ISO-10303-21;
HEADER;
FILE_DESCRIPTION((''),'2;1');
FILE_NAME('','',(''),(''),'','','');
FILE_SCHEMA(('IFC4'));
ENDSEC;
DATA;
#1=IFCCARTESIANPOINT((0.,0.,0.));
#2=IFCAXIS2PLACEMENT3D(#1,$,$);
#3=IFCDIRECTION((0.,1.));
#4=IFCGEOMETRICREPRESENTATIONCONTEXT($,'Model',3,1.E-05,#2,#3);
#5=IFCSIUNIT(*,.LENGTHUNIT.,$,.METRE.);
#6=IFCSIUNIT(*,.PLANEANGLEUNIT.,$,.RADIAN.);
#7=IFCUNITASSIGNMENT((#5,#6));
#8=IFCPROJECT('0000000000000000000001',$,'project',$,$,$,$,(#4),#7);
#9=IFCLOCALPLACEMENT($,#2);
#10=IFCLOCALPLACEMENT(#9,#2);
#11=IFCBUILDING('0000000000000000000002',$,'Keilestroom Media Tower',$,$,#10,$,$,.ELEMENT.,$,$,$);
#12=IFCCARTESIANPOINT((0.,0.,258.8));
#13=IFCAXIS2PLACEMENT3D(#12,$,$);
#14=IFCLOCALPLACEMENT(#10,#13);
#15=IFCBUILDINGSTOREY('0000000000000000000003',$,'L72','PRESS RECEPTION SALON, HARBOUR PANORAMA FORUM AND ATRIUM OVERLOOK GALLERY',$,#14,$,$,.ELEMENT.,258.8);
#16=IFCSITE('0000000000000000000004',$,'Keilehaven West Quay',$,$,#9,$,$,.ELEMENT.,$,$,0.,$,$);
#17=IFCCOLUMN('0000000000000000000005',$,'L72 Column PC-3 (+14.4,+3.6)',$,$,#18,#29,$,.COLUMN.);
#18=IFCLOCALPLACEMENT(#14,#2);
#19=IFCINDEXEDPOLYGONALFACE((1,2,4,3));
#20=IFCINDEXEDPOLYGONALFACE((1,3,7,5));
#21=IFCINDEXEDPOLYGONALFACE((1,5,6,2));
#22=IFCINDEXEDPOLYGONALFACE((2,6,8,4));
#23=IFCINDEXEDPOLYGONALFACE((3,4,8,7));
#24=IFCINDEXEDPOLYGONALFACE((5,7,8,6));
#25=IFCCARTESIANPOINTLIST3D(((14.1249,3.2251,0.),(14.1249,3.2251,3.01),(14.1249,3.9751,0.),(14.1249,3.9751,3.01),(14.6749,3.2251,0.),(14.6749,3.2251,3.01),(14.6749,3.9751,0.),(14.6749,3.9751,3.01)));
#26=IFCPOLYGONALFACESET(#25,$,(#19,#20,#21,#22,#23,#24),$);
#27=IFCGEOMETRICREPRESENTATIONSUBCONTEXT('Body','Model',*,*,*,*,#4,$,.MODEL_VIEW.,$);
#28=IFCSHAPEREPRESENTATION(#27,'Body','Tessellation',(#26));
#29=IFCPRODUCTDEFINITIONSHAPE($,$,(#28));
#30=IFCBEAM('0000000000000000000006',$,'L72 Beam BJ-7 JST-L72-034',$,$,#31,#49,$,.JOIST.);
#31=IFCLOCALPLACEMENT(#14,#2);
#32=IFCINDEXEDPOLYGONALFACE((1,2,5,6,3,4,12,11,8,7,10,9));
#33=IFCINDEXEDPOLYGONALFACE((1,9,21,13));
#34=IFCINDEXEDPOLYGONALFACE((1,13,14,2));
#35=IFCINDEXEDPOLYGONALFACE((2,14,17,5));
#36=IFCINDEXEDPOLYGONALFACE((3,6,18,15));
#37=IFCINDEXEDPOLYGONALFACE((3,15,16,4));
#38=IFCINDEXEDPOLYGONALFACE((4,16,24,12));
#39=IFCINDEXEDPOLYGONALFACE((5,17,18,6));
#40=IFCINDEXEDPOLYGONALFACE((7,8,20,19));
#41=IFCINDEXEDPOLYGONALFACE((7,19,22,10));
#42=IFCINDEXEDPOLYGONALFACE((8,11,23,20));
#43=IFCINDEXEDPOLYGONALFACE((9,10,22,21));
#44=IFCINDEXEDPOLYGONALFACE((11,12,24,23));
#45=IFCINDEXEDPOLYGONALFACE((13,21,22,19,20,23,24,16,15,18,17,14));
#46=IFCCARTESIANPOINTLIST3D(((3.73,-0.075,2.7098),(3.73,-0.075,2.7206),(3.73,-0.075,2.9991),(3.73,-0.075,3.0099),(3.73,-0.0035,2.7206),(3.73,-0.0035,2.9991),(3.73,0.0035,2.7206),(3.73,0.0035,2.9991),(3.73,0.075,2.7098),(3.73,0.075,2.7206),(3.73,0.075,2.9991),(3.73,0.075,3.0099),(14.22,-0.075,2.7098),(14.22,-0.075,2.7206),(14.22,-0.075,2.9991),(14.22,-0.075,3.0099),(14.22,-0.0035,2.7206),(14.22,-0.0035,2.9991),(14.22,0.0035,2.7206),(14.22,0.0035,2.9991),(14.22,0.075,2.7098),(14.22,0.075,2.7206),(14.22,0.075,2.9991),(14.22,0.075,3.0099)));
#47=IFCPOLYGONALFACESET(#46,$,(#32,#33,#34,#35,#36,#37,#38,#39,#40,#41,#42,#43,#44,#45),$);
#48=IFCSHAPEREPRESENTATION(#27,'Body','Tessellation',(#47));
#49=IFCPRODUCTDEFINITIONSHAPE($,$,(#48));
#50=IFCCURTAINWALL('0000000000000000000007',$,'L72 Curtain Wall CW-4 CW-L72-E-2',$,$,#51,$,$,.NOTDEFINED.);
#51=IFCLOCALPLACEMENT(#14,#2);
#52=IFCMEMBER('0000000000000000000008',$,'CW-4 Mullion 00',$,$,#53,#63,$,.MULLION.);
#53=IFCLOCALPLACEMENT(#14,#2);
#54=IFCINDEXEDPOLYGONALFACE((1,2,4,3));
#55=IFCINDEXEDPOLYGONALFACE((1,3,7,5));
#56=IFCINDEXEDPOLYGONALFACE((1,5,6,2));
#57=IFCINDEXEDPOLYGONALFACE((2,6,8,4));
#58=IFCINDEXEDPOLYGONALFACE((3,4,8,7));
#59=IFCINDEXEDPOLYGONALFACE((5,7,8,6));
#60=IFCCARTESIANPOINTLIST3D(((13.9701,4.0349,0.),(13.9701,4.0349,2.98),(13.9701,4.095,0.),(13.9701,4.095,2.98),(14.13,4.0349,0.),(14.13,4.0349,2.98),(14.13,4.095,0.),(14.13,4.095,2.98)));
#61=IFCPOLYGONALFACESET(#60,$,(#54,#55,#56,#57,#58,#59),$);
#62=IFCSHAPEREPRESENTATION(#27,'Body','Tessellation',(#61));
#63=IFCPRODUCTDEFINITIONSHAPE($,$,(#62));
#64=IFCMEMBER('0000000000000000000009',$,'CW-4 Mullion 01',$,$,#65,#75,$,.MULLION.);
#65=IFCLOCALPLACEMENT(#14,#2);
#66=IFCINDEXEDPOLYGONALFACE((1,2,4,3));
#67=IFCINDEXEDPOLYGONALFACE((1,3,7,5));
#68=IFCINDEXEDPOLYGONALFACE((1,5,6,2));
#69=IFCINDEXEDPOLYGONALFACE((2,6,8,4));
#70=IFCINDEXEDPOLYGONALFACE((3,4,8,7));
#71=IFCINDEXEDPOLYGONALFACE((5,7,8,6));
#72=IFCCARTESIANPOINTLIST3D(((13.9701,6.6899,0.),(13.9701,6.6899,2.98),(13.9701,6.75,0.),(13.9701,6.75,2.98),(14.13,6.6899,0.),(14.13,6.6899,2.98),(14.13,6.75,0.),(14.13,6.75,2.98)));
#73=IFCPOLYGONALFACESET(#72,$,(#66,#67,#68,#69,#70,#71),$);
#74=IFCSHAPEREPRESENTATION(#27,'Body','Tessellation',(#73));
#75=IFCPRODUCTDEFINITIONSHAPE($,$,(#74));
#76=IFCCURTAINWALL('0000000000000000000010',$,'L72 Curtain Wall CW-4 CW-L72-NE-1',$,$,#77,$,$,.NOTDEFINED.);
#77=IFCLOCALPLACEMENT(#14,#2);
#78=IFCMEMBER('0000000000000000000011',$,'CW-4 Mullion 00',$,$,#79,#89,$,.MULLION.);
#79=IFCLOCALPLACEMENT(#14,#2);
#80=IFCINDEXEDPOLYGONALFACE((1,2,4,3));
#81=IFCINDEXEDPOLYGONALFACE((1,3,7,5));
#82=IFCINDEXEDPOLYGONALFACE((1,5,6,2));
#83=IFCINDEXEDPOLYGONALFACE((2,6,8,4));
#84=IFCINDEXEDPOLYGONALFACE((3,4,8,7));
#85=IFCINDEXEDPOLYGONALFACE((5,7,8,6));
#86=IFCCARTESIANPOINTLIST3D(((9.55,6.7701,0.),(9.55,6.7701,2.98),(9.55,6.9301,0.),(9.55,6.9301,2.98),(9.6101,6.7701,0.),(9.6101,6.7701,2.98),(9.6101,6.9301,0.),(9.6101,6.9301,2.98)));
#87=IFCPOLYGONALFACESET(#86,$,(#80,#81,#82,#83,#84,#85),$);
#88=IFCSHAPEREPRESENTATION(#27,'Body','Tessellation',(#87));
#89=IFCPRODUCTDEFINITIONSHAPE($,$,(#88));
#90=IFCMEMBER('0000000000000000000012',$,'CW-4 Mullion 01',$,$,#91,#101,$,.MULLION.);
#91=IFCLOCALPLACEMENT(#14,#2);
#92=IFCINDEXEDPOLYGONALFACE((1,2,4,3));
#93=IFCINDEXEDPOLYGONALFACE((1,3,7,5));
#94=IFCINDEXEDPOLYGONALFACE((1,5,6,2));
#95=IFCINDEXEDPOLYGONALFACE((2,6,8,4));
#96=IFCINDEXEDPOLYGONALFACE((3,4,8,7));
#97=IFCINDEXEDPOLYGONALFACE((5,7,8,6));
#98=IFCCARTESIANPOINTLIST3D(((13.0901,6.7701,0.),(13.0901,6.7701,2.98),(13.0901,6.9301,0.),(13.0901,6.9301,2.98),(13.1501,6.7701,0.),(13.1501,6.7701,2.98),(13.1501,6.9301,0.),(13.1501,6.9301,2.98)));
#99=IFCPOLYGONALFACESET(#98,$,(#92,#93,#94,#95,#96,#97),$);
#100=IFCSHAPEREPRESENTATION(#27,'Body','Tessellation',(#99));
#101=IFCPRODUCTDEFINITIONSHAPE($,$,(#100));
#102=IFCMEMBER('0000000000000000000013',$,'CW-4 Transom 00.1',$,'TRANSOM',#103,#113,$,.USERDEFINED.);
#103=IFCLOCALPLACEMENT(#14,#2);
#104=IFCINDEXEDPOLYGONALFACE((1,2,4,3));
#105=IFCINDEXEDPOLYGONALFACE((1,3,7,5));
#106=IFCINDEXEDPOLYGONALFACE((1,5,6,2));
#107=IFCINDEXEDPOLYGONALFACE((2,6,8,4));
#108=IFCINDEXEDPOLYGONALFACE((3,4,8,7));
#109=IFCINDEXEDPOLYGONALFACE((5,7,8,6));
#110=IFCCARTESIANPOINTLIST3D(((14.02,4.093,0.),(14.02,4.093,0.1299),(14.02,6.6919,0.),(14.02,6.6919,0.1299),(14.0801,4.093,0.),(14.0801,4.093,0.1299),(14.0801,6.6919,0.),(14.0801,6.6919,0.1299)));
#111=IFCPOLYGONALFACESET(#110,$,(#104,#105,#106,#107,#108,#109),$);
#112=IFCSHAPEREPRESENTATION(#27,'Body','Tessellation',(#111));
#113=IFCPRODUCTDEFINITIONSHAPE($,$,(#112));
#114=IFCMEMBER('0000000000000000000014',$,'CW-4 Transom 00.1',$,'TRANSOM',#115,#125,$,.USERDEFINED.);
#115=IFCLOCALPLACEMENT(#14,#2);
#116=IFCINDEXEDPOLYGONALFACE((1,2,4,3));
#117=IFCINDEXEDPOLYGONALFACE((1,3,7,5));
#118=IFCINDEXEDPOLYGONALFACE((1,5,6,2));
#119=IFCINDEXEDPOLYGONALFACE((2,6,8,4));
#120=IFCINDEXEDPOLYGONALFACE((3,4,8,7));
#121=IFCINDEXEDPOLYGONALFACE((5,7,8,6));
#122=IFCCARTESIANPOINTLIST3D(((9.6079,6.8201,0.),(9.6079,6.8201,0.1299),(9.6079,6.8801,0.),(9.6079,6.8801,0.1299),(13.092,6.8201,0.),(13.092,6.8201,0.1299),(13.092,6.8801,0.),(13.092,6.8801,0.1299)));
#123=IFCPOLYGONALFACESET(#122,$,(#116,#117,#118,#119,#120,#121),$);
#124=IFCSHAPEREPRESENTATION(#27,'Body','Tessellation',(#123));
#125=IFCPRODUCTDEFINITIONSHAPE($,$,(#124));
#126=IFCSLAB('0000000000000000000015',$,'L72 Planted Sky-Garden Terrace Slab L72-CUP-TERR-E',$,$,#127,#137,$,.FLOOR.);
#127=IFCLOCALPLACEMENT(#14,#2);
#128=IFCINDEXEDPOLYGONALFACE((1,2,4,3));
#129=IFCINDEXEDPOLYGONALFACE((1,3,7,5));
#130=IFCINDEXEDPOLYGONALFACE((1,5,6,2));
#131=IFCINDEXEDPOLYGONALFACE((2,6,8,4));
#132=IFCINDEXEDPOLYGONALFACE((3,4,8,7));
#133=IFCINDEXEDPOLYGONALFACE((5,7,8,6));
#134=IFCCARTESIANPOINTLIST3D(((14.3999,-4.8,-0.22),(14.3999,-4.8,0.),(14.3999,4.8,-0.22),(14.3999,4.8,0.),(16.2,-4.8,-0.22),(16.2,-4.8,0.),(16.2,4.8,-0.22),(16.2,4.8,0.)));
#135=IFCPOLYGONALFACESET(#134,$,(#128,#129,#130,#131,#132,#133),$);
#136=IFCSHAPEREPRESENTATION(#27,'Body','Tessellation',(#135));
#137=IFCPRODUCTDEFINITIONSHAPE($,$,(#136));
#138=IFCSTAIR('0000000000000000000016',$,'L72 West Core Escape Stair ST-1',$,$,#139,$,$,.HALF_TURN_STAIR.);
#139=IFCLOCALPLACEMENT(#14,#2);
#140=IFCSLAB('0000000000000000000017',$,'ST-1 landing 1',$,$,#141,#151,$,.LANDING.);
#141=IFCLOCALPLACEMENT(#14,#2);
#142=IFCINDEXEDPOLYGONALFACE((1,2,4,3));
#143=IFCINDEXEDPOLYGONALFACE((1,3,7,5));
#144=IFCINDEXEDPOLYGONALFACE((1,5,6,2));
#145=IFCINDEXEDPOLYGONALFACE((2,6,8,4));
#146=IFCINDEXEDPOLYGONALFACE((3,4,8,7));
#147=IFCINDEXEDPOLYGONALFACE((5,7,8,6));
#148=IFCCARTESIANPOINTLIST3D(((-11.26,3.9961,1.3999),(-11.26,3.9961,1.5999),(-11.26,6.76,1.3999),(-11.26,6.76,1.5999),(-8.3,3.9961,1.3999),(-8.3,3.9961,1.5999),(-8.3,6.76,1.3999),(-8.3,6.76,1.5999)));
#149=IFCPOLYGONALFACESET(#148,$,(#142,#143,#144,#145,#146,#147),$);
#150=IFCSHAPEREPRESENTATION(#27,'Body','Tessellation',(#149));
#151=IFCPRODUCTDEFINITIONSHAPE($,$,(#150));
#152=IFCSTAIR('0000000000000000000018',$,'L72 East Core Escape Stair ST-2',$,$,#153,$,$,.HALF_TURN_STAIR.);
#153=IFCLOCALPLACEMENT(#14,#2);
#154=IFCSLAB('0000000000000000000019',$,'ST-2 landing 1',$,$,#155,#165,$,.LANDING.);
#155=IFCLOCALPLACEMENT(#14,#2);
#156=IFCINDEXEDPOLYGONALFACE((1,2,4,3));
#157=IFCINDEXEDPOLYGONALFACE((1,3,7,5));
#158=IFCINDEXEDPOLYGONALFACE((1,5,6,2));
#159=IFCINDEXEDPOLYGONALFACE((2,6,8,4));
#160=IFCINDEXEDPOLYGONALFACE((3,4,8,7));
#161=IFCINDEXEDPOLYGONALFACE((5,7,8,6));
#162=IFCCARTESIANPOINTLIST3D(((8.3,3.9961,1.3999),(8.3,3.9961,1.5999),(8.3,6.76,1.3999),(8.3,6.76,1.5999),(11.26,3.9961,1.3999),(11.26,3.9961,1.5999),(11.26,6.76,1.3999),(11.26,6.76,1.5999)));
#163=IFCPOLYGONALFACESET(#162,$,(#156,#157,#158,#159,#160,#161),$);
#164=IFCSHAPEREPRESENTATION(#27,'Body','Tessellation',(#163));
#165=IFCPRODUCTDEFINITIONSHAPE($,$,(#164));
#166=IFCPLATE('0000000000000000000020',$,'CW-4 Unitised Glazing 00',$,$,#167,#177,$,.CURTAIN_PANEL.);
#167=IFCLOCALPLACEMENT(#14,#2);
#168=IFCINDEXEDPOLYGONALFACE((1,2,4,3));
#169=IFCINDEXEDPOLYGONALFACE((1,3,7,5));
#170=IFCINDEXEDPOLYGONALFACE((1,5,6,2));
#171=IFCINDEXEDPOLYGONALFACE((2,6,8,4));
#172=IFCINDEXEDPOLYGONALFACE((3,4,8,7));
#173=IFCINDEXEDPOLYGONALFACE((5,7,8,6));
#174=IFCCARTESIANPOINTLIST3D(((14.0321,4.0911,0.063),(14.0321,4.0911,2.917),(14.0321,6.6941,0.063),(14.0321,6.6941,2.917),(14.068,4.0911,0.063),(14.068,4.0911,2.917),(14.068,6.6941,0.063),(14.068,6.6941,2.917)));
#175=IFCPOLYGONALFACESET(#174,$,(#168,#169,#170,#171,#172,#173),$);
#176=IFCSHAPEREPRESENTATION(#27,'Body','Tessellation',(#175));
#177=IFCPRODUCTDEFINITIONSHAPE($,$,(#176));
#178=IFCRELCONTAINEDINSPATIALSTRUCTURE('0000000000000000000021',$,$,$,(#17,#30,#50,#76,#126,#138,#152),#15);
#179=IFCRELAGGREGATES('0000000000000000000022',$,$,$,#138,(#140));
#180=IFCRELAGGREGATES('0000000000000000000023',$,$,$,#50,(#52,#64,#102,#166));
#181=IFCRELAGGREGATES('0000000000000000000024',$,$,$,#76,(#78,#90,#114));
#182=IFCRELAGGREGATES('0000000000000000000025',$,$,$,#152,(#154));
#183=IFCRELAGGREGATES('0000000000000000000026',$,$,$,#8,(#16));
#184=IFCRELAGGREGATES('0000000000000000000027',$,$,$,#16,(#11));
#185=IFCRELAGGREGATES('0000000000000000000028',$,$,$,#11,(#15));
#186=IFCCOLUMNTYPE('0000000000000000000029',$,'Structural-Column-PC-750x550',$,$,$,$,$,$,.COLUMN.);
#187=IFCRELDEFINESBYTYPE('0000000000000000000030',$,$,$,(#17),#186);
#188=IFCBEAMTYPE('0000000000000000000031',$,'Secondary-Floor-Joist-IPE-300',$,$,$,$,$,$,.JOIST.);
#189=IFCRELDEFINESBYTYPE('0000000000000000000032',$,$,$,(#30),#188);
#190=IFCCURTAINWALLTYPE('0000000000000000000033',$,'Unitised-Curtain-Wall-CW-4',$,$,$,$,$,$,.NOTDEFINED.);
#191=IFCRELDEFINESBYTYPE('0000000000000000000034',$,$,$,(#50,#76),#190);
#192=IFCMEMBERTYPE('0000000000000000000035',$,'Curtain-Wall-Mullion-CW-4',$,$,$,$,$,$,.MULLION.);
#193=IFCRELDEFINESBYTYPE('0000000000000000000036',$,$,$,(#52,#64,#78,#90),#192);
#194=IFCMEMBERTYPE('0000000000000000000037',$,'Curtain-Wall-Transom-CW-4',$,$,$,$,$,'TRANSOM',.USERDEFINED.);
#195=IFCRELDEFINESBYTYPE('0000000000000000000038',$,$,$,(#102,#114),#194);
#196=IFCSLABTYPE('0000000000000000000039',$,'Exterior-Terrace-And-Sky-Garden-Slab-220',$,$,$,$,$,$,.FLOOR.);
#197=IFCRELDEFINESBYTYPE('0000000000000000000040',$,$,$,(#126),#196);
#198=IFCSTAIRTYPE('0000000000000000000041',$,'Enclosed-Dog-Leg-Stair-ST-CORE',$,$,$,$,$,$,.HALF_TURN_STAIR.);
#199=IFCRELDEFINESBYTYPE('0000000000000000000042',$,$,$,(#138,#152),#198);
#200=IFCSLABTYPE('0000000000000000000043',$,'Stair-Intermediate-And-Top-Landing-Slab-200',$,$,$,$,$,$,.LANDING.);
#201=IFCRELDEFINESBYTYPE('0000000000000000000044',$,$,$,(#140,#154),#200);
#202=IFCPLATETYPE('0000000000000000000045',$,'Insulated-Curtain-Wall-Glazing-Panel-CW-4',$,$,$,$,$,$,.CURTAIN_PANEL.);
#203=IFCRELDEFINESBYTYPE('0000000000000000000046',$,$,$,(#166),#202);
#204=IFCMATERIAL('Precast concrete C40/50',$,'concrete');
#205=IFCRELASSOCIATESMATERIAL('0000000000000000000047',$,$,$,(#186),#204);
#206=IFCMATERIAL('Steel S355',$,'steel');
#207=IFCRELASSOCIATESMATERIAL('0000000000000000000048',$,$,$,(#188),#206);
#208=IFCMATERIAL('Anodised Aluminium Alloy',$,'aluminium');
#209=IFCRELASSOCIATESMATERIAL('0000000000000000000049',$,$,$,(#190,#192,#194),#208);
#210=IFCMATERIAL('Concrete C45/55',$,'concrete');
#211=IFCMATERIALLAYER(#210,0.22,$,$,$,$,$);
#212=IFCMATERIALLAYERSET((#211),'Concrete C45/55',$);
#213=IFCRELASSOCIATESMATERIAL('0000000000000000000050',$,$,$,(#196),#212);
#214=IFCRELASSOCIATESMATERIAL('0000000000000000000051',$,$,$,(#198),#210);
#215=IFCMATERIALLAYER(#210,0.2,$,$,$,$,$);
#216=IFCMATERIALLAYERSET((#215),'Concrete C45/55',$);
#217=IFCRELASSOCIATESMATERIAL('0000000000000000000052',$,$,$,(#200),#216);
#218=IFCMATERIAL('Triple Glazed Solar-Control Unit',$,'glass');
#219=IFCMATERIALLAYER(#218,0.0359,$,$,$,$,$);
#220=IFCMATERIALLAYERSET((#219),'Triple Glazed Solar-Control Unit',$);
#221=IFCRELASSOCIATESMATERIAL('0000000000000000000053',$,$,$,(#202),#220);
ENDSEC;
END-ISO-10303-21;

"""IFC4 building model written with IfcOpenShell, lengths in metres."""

from ifc_helpers import new_model, si_unit, direction, frame, origin, origin_2d, place, context, subcontext, project, spatial, polyline, rectangle, i_section, outline, extrude, source, transform, mapped, material, layer, layer_set, material_profile, profile_set, type_object, element, aggregate, save


model = new_model("IFC4")

# Units and contexts
model_context = context("Model", 3, precision=1e-05, world=origin(), true_north=direction((0.0, 1.0)))
body_context = subcontext(model_context, "Body", "Model", "MODEL_VIEW")
ifc_project = project(units=[si_unit("LENGTHUNIT", "METRE"), si_unit("PLANEANGLEUNIT", "RADIAN")], contexts=[model_context])

# Site, building, storey
site_placement = place(None, origin())
site = spatial("IfcSite", under=ifc_project, at=site_placement, Name="Keilehaven West Quay", CompositionType="ELEMENT", RefElevation=0.0)
building_placement = place(site_placement, origin())
building = spatial("IfcBuilding", under=site, at=building_placement, Name="Keilestroom Media Tower", CompositionType="ELEMENT")
storey_placement = place(building_placement, frame((0.0, 0.0, 258.8)))
storey = spatial("IfcBuildingStorey", under=building, at=storey_placement, Name="L72", Description="PRESS RECEPTION SALON, HARBOUR PANORAMA FORUM AND ATRIUM OVERLOOK GALLERY", CompositionType="ELEMENT", Elevation=258.8)

# Column
ifc_material_1 = material(Name="Precast concrete C40/50", Category="concrete")
ifc_material_profile_1 = material_profile(ifc_material_1, rectangle(XDim=0.55, YDim=0.75, at=origin_2d()), Name="PC 750x550")
ifc_profile_set_1 = profile_set([ifc_material_profile_1], Name="Precast concrete C40/50")
column_type = type_object("IfcColumnType", Name="Structural-Column-PC-750x550", PredefinedType="COLUMN", material=ifc_profile_set_1)
shared_shape_1 = source(origin(), body_context, "Body", "SweptSolid", [
    extrude(rectangle(XDim=0.55, YDim=0.75, at=origin_2d()), origin(), (0.0, 0.0, 1.0), 3.01),
])
column_placement = place(storey_placement, frame((14.3999, 3.6001, 0.0), z_axis=(0.0, 0.0, 1.0), x_axis=(1.0, 0.0, 0.0)))
element("IfcColumn", 1, at=column_placement, inside=storey, type_object=column_type, Name="L72 Column PC-3 (+14.4,+3.6)", PredefinedType="COLUMN", context=body_context, shape_type="MappedRepresentation", body=[
    mapped(shared_shape_1, transform((0.0, 0.0, 0.0), x_axis=(1.0, 0.0, 0.0), y_axis=(0.0, 1.0, 0.0), z_axis=(0.0, 0.0, 1.0), scale=1.0)),
])

# Beam
ifc_material_2 = material(Name="Steel S355", Category="steel")
ifc_material_profile_2 = material_profile(ifc_material_2, i_section(OverallWidth=0.1499, OverallDepth=0.3, WebThickness=0.0071, FlangeThickness=0.0107, at=origin_2d()), Name="IPE 300")
ifc_profile_set_2 = profile_set([ifc_material_profile_2], Name="Steel S355")
beam_type = type_object("IfcBeamType", Name="Secondary-Floor-Joist-IPE-300", PredefinedType="JOIST", material=ifc_profile_set_2)
shared_shape_2 = source(origin(), body_context, "Body", "SweptSolid", [
    extrude(i_section(OverallWidth=0.1499, OverallDepth=0.3, WebThickness=0.0071, FlangeThickness=0.0107, at=origin_2d()), origin(), (0.0, 0.0, 1.0), 10.49),
])
beam_placement = place(storey_placement, frame((3.73, 0.0, 2.8599), z_axis=(1.0, 0.0, 0.0), x_axis=(0.0, 1.0, 0.0)))
element("IfcBeam", 2, at=beam_placement, inside=storey, type_object=beam_type, Name="L72 Beam BJ-7 JST-L72-034", PredefinedType="JOIST", context=body_context, shape_type="MappedRepresentation", body=[
    mapped(shared_shape_2, transform((0.0, 0.0, 0.0), x_axis=(1.0, 0.0, 0.0), y_axis=(0.0, 1.0, 0.0), z_axis=(0.0, 0.0, 1.0), scale=1.0)),
])

# Curtain walls, members
ifc_material_3 = material(Name="Anodised Aluminium Alloy", Category="aluminium")
curtain_wall_type = type_object("IfcCurtainWallType", Name="Unitised-Curtain-Wall-CW-4", PredefinedType="NOTDEFINED", material=ifc_material_3)
curtain_wall_1_placement = place(storey_placement, origin())
curtain_wall_1 = element("IfcCurtainWall", 3, at=curtain_wall_1_placement, inside=storey, type_object=curtain_wall_type, Name="L72 Curtain Wall CW-4 CW-L72-E-2", PredefinedType="NOTDEFINED")
ifc_material_profile_3 = material_profile(ifc_material_3, rectangle(XDim=0.0601, YDim=0.1599, at=origin_2d()), Name="ALU MULLION 60x160")
ifc_profile_set_3 = profile_set([ifc_material_profile_3], Name="Anodised Aluminium Alloy")
member_type_1 = type_object("IfcMemberType", Name="Curtain-Wall-Mullion-CW-4", PredefinedType="MULLION", material=ifc_profile_set_3)
shared_shape_3 = source(origin(), body_context, "Body", "SweptSolid", [
    extrude(rectangle(XDim=0.0601, YDim=0.1599, at=origin_2d()), origin(), (0.0, 0.0, 1.0), 2.98),
])
member_1_placement = place(storey_placement, frame((14.05, 4.0649, 0.0), z_axis=(0.0, 0.0, 1.0), x_axis=(0.0, 1.0, 0.0)))
member_1 = element("IfcMember", 4, at=member_1_placement, type_object=member_type_1, Name="CW-4 Mullion 00", PredefinedType="MULLION", context=body_context, shape_type="MappedRepresentation", body=[
    mapped(shared_shape_3, transform((0.0, 0.0, 0.0), x_axis=(1.0, 0.0, 0.0), y_axis=(0.0, 1.0, 0.0), z_axis=(0.0, 0.0, 1.0), scale=1.0)),
])
member_2_placement = place(storey_placement, frame((14.05, 6.72, 0.0), z_axis=(0.0, 0.0, 1.0), x_axis=(0.0, 1.0, 0.0)))
member_2 = element("IfcMember", 5, at=member_2_placement, type_object=member_type_1, Name="CW-4 Mullion 01", PredefinedType="MULLION", context=body_context, shape_type="MappedRepresentation", body=[
    mapped(shared_shape_3, transform((0.0, 0.0, 0.0), x_axis=(1.0, 0.0, 0.0), y_axis=(0.0, 1.0, 0.0), z_axis=(0.0, 0.0, 1.0), scale=1.0)),
])
curtain_wall_2_placement = place(storey_placement, origin())
curtain_wall_2 = element("IfcCurtainWall", 6, at=curtain_wall_2_placement, inside=storey, type_object=curtain_wall_type, Name="L72 Curtain Wall CW-4 CW-L72-NE-1", PredefinedType="NOTDEFINED")
member_3_placement = place(storey_placement, frame((9.5801, 6.8501, 0.0), z_axis=(0.0, 0.0, 1.0), x_axis=(1.0, 0.0, 0.0)))
member_3 = element("IfcMember", 7, at=member_3_placement, type_object=member_type_1, Name="CW-4 Mullion 00", PredefinedType="MULLION", context=body_context, shape_type="MappedRepresentation", body=[
    mapped(shared_shape_3, transform((0.0, 0.0, 0.0), x_axis=(1.0, 0.0, 0.0), y_axis=(0.0, 1.0, 0.0), z_axis=(0.0, 0.0, 1.0), scale=1.0)),
])
member_4_placement = place(storey_placement, frame((13.1201, 6.8501, 0.0), z_axis=(0.0, 0.0, 1.0), x_axis=(1.0, 0.0, 0.0)))
member_4 = element("IfcMember", 8, at=member_4_placement, type_object=member_type_1, Name="CW-4 Mullion 01", PredefinedType="MULLION", context=body_context, shape_type="MappedRepresentation", body=[
    mapped(shared_shape_3, transform((0.0, 0.0, 0.0), x_axis=(1.0, 0.0, 0.0), y_axis=(0.0, 1.0, 0.0), z_axis=(0.0, 0.0, 1.0), scale=1.0)),
])

# Members
ifc_material_profile_4 = material_profile(ifc_material_3, rectangle(XDim=0.0601, YDim=0.1299, at=origin_2d()), Name="ALU TRANSOM 60x130")
ifc_profile_set_4 = profile_set([ifc_material_profile_4], Name="Anodised Aluminium Alloy")
member_type_2 = type_object("IfcMemberType", Name="Curtain-Wall-Transom-CW-4", ElementType="TRANSOM", PredefinedType="USERDEFINED", material=ifc_profile_set_4)
shared_shape_4 = source(origin(), body_context, "Body", "SweptSolid", [
    extrude(rectangle(XDim=0.0601, YDim=0.1299, at=origin_2d()), origin(), (0.0, 0.0, 1.0), 2.5989),
])
member_5_placement = place(storey_placement, frame((14.05, 4.093, 0.0649), z_axis=(0.0, 1.0, 0.0), x_axis=(-1.0, 0.0, 0.0)))
member_5 = element("IfcMember", 9, at=member_5_placement, type_object=member_type_2, Name="CW-4 Transom 00.1", ObjectType="TRANSOM", PredefinedType="USERDEFINED", context=body_context, shape_type="MappedRepresentation", body=[
    mapped(shared_shape_4, transform((0.0, 0.0, 0.0), x_axis=(1.0, 0.0, 0.0), y_axis=(0.0, 1.0, 0.0), z_axis=(0.0, 0.0, 1.0), scale=1.0)),
])
shared_shape_5 = source(origin(), body_context, "Body", "SweptSolid", [
    extrude(rectangle(XDim=0.0601, YDim=0.1299, at=origin_2d()), origin(), (0.0, 0.0, 1.0), 3.4841),
])
member_6_placement = place(storey_placement, frame((9.6079, 6.8501, 0.0649), z_axis=(1.0, 0.0, 0.0), x_axis=(0.0, 1.0, 0.0)))
member_6 = element("IfcMember", 10, at=member_6_placement, type_object=member_type_2, Name="CW-4 Transom 00.1", ObjectType="TRANSOM", PredefinedType="USERDEFINED", context=body_context, shape_type="MappedRepresentation", body=[
    mapped(shared_shape_5, transform((0.0, 0.0, 0.0), x_axis=(1.0, 0.0, 0.0), y_axis=(0.0, 1.0, 0.0), z_axis=(0.0, 0.0, 1.0), scale=1.0)),
])

# Slab
ifc_material_4 = material(Name="Concrete C45/55", Category="concrete")
ifc_layer_1 = layer(ifc_material_4, 0.22)
ifc_layer_set_1 = layer_set([ifc_layer_1], Name="Concrete C45/55")
slab_type_1 = type_object("IfcSlabType", Name="Exterior-Terrace-And-Sky-Garden-Slab-220", PredefinedType="FLOOR", material=ifc_layer_set_1)
slab_1_placement = place(storey_placement, frame((0.0, 0.0, -0.22)))
element("IfcSlab", 11, at=slab_1_placement, inside=storey, type_object=slab_type_1, Name="L72 Planted Sky-Garden Terrace Slab L72-CUP-TERR-E", PredefinedType="FLOOR", context=body_context, shape_type="SweptSolid", body=[
    extrude(outline(polyline([(14.3999, -4.8), (16.2, -4.8), (16.2, 4.8), (14.3999, 4.8), (14.3999, -4.8)])), origin(), (0.0, 0.0, 1.0), 0.22),
])

# Stairs, slabs
stair_type = type_object("IfcStairType", Name="Enclosed-Dog-Leg-Stair-ST-CORE", PredefinedType="HALF_TURN_STAIR", material=ifc_material_4)
stair_1_placement = place(storey_placement, origin())
stair_1 = element("IfcStair", 12, at=stair_1_placement, inside=storey, type_object=stair_type, Name="L72 West Core Escape Stair ST-1", PredefinedType="HALF_TURN_STAIR")
ifc_layer_2 = layer(ifc_material_4, 0.2)
ifc_layer_set_2 = layer_set([ifc_layer_2], Name="Concrete C45/55")
slab_type_2 = type_object("IfcSlabType", Name="Stair-Intermediate-And-Top-Landing-Slab-200", PredefinedType="LANDING", material=ifc_layer_set_2)
slab_2_placement = place(storey_placement, frame((0.0, 0.0, 1.3999)))
slab_2 = element("IfcSlab", 13, at=slab_2_placement, type_object=slab_type_2, Name="ST-1 landing 1", PredefinedType="LANDING", context=body_context, shape_type="SweptSolid", body=[
    extrude(outline(polyline([(-8.3, 3.9961), (-8.3, 6.76), (-11.26, 6.76), (-11.26, 3.9961), (-8.3, 3.9961)])), origin(), (0.0, 0.0, 1.0), 0.2),
])
aggregate(stair_1, [slab_2])
stair_2_placement = place(storey_placement, origin())
stair_2 = element("IfcStair", 14, at=stair_2_placement, inside=storey, type_object=stair_type, Name="L72 East Core Escape Stair ST-2", PredefinedType="HALF_TURN_STAIR")
slab_3_placement = place(storey_placement, frame((0.0, 0.0, 1.3999)))
slab_3 = element("IfcSlab", 15, at=slab_3_placement, type_object=slab_type_2, Name="ST-2 landing 1", PredefinedType="LANDING", context=body_context, shape_type="SweptSolid", body=[
    extrude(outline(polyline([(11.26, 3.9961), (11.26, 6.76), (8.3, 6.76), (8.3, 3.9961), (11.26, 3.9961)])), origin(), (0.0, 0.0, 1.0), 0.2),
])

# Plate
ifc_material_5 = material(Name="Triple Glazed Solar-Control Unit", Category="glass")
ifc_layer_3 = layer(ifc_material_5, 0.0359)
ifc_layer_set_3 = layer_set([ifc_layer_3], Name="Triple Glazed Solar-Control Unit")
plate_type = type_object("IfcPlateType", Name="Insulated-Curtain-Wall-Glazing-Panel-CW-4", PredefinedType="CURTAIN_PANEL", material=ifc_layer_set_3)
shared_shape_6 = source(origin(), body_context, "Body", "SweptSolid", [
    extrude(rectangle(XDim=2.603, YDim=0.0359, at=origin_2d()), origin(), (0.0, 0.0, 1.0), 2.854),
])
plate_1_placement = place(storey_placement, frame((14.05, 5.3926, 0.063), z_axis=(0.0, 0.0, 1.0), x_axis=(0.0, 1.0, 0.0)))
plate_1 = element("IfcPlate", 16, at=plate_1_placement, type_object=plate_type, Name="CW-4 Unitised Glazing 00", PredefinedType="CURTAIN_PANEL", context=body_context, shape_type="MappedRepresentation", body=[
    mapped(shared_shape_6, transform((0.0, 0.0, 0.0), x_axis=(1.0, 0.0, 0.0), y_axis=(0.0, 1.0, 0.0), z_axis=(0.0, 0.0, 1.0), scale=1.0)),
])
aggregate(curtain_wall_1, [member_1, member_2, member_5, plate_1])
aggregate(curtain_wall_2, [member_3, member_4, member_6])

aggregate(stair_2, [slab_3])

save(model, "model.ifc")
